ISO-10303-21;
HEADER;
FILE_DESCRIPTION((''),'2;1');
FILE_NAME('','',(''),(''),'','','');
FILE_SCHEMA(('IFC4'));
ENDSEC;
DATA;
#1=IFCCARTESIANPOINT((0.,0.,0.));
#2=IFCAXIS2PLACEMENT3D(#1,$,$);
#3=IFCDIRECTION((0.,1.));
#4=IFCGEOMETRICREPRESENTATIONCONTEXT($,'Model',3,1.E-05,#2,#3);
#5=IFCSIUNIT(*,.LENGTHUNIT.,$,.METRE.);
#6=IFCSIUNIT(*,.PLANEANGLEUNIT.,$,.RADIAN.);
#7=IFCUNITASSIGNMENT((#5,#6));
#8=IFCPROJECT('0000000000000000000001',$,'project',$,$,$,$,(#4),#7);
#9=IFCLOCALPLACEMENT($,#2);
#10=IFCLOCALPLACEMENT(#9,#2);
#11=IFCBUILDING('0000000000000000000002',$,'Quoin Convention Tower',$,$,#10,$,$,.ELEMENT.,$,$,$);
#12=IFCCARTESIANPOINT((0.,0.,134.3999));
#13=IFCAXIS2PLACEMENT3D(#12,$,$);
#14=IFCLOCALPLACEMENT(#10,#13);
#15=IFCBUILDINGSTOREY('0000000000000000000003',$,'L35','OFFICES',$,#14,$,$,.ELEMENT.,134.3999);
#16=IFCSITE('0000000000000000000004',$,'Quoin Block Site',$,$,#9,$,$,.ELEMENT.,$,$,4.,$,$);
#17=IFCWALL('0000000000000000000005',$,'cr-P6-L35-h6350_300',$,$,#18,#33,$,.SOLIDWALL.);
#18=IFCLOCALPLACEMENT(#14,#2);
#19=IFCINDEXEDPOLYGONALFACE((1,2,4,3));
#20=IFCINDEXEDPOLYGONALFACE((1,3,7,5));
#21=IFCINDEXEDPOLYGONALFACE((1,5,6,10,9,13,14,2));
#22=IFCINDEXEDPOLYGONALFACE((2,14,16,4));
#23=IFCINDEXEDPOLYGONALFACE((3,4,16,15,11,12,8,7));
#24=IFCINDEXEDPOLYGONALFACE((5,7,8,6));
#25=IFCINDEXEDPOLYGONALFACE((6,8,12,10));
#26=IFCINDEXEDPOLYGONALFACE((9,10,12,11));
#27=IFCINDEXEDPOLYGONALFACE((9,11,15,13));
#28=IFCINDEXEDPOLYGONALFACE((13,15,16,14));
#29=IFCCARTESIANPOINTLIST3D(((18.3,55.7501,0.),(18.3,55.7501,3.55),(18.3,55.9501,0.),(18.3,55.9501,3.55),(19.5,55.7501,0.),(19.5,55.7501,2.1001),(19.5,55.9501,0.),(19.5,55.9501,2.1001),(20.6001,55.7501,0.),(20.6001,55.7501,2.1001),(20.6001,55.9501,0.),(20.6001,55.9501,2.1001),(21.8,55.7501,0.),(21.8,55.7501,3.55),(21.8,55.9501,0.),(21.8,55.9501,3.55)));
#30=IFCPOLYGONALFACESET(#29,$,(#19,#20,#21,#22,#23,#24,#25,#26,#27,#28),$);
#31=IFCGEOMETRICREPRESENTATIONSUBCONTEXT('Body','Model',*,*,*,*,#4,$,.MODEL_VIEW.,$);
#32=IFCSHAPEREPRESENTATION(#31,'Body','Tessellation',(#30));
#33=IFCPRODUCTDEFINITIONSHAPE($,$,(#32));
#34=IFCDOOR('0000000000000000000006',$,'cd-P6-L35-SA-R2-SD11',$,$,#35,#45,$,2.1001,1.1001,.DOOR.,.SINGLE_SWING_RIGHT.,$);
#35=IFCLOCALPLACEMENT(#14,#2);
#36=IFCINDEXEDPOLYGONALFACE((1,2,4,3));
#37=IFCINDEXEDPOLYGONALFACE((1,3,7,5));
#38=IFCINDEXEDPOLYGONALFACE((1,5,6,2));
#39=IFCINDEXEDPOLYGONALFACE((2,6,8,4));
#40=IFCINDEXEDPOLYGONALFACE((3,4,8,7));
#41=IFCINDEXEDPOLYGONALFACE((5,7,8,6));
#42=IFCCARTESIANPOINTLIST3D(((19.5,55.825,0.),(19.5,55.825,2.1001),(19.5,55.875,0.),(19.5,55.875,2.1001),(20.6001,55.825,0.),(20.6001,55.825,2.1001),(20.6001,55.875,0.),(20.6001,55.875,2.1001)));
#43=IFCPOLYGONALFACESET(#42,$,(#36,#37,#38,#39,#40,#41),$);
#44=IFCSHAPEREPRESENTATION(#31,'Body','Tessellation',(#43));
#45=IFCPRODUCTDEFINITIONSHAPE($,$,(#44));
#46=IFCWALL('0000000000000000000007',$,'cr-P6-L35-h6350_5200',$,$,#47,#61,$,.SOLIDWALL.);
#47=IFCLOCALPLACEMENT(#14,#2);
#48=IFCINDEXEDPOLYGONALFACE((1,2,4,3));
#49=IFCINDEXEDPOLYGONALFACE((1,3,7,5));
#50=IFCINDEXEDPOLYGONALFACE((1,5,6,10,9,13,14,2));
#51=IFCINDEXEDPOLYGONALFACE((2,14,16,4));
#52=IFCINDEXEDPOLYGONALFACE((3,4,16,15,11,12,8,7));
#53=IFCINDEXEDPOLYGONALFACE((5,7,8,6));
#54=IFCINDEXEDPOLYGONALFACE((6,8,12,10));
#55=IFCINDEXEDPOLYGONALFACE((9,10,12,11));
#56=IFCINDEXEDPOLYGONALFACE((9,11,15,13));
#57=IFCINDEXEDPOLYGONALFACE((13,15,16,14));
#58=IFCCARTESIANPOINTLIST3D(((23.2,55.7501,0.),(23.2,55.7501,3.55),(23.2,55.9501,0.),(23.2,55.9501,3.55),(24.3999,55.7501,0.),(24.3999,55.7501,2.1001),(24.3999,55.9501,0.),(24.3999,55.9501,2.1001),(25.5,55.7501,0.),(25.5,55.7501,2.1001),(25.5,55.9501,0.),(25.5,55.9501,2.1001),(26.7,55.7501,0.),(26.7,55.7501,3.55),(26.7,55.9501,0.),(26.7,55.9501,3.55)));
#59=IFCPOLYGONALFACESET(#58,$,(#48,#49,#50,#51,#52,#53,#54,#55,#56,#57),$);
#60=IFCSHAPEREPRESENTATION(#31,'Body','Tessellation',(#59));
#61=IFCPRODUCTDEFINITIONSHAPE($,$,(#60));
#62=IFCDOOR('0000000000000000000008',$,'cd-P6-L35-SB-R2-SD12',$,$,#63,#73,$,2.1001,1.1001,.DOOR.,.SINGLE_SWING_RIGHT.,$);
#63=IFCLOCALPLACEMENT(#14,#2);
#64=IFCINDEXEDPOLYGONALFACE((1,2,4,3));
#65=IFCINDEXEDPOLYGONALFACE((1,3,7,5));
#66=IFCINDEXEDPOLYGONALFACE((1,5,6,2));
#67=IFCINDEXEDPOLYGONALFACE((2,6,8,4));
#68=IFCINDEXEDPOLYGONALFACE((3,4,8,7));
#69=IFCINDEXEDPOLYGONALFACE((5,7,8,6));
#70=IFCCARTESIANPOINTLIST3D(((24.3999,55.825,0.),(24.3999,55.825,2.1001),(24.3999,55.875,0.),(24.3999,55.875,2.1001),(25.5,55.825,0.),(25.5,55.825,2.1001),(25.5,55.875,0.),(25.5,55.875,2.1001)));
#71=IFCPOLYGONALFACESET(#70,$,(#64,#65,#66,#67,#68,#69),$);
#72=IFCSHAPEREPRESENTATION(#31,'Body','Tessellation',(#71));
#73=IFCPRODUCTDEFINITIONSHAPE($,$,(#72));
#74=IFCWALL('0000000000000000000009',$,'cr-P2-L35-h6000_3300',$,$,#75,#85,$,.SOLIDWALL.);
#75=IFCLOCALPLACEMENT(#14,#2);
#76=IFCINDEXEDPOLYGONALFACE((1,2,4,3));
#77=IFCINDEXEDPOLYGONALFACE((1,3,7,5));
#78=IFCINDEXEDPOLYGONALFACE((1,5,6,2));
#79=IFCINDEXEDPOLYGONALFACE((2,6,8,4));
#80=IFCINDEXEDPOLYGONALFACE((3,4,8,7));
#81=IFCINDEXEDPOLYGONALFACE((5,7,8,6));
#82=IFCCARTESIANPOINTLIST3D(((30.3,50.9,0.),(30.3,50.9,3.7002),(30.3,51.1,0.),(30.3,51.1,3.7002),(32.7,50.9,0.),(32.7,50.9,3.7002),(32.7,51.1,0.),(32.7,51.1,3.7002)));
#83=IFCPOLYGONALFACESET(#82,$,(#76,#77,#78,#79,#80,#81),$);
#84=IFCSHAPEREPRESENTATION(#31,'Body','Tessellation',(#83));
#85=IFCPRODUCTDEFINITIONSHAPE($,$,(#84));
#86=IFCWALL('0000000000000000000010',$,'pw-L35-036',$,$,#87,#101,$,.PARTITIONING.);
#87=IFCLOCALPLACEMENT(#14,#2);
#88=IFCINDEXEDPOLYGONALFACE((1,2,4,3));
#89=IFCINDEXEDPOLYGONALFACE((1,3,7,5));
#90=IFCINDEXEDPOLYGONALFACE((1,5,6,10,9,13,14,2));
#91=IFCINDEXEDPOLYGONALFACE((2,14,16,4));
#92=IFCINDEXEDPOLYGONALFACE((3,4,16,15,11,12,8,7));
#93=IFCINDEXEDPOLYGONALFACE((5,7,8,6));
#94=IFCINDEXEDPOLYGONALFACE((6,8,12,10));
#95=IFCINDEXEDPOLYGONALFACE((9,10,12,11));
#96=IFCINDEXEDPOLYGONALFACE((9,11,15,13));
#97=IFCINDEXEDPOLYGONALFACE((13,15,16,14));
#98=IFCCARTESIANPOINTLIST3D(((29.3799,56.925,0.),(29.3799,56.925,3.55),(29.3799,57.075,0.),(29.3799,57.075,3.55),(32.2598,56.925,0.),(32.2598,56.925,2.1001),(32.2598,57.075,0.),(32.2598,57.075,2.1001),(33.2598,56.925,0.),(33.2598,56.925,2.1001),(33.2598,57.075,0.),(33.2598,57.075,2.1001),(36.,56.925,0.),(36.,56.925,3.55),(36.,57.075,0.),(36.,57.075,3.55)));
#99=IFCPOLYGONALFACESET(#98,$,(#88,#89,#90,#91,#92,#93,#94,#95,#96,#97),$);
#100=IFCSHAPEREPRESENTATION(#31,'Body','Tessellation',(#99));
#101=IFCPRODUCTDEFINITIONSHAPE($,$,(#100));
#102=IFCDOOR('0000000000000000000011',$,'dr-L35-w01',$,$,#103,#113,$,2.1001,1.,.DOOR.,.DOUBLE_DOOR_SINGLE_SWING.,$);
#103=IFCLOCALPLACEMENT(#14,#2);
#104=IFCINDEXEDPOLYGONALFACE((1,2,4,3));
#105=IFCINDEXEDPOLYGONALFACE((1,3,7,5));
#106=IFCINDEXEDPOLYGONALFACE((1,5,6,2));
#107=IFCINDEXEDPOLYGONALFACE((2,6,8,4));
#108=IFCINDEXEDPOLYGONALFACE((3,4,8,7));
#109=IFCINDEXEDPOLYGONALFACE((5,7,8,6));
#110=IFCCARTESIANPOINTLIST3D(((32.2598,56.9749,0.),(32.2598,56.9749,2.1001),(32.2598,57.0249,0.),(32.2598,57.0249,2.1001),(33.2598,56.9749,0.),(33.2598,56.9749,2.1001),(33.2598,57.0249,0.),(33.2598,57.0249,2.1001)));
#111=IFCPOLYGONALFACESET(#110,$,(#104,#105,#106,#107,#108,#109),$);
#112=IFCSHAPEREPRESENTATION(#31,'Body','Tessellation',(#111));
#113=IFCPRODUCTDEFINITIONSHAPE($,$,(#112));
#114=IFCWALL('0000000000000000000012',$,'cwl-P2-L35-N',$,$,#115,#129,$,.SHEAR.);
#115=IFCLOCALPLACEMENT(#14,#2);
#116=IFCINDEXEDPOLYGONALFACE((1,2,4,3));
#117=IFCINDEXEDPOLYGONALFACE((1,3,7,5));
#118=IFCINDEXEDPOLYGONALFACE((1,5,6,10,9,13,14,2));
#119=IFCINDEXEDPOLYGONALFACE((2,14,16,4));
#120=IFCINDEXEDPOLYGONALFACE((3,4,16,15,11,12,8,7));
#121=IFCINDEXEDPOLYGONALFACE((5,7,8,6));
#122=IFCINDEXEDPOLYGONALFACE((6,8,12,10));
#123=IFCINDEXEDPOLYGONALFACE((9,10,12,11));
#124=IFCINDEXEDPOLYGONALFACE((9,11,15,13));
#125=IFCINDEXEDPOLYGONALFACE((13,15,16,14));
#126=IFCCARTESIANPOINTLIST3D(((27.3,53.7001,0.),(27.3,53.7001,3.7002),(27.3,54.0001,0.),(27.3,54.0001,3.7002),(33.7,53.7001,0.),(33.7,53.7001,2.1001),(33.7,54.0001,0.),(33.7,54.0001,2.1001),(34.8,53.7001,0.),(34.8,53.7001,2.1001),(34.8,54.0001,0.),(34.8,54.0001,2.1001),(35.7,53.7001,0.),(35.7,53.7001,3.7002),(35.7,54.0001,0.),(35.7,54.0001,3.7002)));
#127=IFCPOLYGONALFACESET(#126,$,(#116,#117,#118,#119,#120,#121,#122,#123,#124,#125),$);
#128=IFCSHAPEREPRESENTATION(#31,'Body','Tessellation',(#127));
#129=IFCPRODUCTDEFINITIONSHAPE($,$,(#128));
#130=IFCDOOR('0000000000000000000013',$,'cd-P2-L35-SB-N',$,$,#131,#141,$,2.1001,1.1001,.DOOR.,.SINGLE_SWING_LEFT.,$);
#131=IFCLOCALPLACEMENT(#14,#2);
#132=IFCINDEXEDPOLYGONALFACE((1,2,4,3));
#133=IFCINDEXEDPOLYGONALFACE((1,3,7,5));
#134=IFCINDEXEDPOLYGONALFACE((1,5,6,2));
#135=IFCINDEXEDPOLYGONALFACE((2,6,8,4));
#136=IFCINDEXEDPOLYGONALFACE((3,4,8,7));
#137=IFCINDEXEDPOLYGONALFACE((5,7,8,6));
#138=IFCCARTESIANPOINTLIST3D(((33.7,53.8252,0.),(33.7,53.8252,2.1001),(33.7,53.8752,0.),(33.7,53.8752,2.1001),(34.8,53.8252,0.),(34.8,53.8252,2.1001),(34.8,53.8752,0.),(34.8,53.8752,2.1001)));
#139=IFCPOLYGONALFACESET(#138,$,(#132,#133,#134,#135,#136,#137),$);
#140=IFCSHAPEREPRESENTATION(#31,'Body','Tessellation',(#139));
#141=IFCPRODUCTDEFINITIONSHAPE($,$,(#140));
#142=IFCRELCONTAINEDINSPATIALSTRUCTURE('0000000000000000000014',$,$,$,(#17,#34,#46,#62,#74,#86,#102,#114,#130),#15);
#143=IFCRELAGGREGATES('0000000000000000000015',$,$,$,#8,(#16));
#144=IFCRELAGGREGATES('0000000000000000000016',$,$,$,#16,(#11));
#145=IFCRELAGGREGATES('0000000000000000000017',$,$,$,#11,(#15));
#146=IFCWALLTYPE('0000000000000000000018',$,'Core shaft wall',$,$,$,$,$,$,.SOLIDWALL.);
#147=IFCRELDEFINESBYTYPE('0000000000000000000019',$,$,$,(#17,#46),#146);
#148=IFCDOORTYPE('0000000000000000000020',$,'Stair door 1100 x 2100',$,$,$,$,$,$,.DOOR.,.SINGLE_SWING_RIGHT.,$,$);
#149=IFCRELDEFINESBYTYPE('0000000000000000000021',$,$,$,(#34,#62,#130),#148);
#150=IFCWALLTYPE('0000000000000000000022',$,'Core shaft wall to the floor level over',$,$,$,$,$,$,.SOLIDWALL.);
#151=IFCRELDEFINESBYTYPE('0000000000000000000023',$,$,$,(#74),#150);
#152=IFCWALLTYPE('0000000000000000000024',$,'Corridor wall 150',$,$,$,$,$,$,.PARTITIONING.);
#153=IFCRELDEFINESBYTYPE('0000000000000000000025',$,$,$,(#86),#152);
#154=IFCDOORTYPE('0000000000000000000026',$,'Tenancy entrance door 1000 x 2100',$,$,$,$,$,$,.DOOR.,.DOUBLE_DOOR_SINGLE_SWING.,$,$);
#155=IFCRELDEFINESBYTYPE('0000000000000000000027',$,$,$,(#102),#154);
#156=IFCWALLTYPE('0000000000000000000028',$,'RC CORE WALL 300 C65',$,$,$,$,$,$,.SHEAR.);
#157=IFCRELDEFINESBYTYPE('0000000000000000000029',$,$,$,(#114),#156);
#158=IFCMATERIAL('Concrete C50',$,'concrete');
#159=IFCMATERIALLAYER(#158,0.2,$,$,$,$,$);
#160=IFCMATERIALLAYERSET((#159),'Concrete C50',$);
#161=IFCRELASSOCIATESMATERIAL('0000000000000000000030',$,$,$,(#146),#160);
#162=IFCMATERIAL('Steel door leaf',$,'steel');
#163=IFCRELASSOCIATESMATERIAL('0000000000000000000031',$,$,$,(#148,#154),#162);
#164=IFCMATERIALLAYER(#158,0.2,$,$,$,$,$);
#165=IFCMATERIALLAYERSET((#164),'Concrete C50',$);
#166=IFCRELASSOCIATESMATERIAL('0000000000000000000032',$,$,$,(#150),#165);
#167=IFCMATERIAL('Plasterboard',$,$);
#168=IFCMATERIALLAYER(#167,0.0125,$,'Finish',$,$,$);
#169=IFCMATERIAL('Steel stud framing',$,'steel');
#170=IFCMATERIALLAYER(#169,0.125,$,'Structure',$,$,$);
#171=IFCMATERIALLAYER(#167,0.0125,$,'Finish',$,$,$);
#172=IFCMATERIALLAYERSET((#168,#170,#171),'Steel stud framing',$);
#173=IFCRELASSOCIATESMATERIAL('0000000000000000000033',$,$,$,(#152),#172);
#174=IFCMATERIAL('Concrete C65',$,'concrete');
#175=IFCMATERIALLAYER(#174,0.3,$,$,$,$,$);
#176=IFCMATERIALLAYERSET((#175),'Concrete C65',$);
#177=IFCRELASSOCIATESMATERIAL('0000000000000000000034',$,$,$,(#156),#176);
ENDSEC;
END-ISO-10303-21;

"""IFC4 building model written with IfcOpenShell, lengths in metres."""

from ifc_helpers import new_model, si_unit, direction, frame, frame_2d, origin, place, context, subcontext, project, spatial, rectangle, extrude, material, layer, layer_set, type_object, element, fill, save


model = new_model("IFC4")

# Units and contexts
model_context = context("Model", 3, precision=1e-05, world=origin(), true_north=direction((0.0, 1.0)))
body_context = subcontext(model_context, "Body", "Model", "MODEL_VIEW")
ifc_project = project(units=[si_unit("LENGTHUNIT", "METRE"), si_unit("PLANEANGLEUNIT", "RADIAN")], contexts=[model_context])

# Site, building, storey
site_placement = place(None, origin())
site = spatial("IfcSite", under=ifc_project, at=site_placement, Name="Quoin Block Site", CompositionType="ELEMENT", RefElevation=4.0)
building_placement = place(site_placement, origin())
building = spatial("IfcBuilding", under=site, at=building_placement, Name="Quoin Convention Tower", CompositionType="ELEMENT")
storey_placement = place(building_placement, frame((0.0, 0.0, 134.3999)))
storey = spatial("IfcBuildingStorey", under=building, at=storey_placement, Name="L35", Description="OFFICES", CompositionType="ELEMENT", Elevation=134.3999)

# Shared definitions
ifc_material_1 = material(Name="Concrete C65", Category="concrete")

# Shared definitions
ifc_material_2 = material(Name="Concrete C50", Category="concrete")
ifc_layer_1 = layer(ifc_material_2, 0.2)
ifc_layer_set_1 = layer_set([ifc_layer_1], Name="Concrete C50")
wall_type_1 = type_object("IfcWallType", Name="Core shaft wall", PredefinedType="SOLIDWALL", material=ifc_layer_set_1)

# Walls, openings, doors
wall_1_placement = place(storey_placement, frame((18.3, 55.8501, 0.0), z_axis=(0.0, 0.0, 1.0), x_axis=(1.0, 0.0, 0.0)))
wall_1 = element("IfcWall", 1, at=wall_1_placement, inside=storey, type_object=wall_type_1, Name="cr-P6-L35-h6350_300", PredefinedType="SOLIDWALL", context=body_context, shape_type="SweptSolid", body=[
    extrude(rectangle(XDim=3.5, YDim=0.2, at=frame_2d((1.75, 0.0))), origin(), (0.0, 0.0, 1.0), 3.55),
])
opening_1_placement = place(wall_1_placement, frame((1.2, 0.0, 0.0)))
opening_1 = element("IfcOpeningElement", 2, at=opening_1_placement, cuts=wall_1, PredefinedType="OPENING", context=body_context, shape_type="SweptSolid", body=[
    extrude(rectangle(XDim=1.1001, YDim=2.1001, at=frame_2d((0.55, 1.05))), frame((0.0, 0.1099, 0.0), z_axis=(0.0, -1.0, 0.0), x_axis=(1.0, 0.0, 0.0)), (0.0, 0.0, 1.0), 0.22),
])
ifc_material_3 = material(Name="Steel door leaf", Category="steel")
door_type_1 = type_object("IfcDoorType", Name="Stair door 1100 x 2100", OperationType="SINGLE_SWING_RIGHT", PredefinedType="DOOR", material=ifc_material_3)
door_1_placement = place(opening_1_placement, origin())
door_1 = element("IfcDoor", 3, at=door_1_placement, inside=storey, type_object=door_type_1, Name="cd-P6-L35-SA-R2-SD11", OperationType="SINGLE_SWING_RIGHT", OverallHeight=2.1001, OverallWidth=1.1001, PredefinedType="DOOR", context=body_context, shape_type="SweptSolid", body=[
    extrude(rectangle(XDim=1.1001, YDim=2.1001, at=frame_2d((0.55, 1.05))), frame((0.0, 0.0249, 0.0), z_axis=(0.0, -1.0, 0.0), x_axis=(1.0, 0.0, 0.0)), (0.0, 0.0, 1.0), 0.05),
])
fill(opening_1, door_1)
wall_2_placement = place(storey_placement, frame((23.2, 55.8501, 0.0), z_axis=(0.0, 0.0, 1.0), x_axis=(1.0, 0.0, 0.0)))
wall_2 = element("IfcWall", 4, at=wall_2_placement, inside=storey, type_object=wall_type_1, Name="cr-P6-L35-h6350_5200", PredefinedType="SOLIDWALL", context=body_context, shape_type="SweptSolid", body=[
    extrude(rectangle(XDim=3.5, YDim=0.2, at=frame_2d((1.75, 0.0))), origin(), (0.0, 0.0, 1.0), 3.55),
])
opening_2_placement = place(wall_2_placement, frame((1.2, 0.0, 0.0)))
opening_2 = element("IfcOpeningElement", 5, at=opening_2_placement, cuts=wall_2, PredefinedType="OPENING", context=body_context, shape_type="SweptSolid", body=[
    extrude(rectangle(XDim=1.1001, YDim=2.1001, at=frame_2d((0.55, 1.05))), frame((0.0, 0.1099, 0.0), z_axis=(0.0, -1.0, 0.0), x_axis=(1.0, 0.0, 0.0)), (0.0, 0.0, 1.0), 0.22),
])
door_2_placement = place(opening_2_placement, origin())
door_2 = element("IfcDoor", 6, at=door_2_placement, inside=storey, type_object=door_type_1, Name="cd-P6-L35-SB-R2-SD12", OperationType="SINGLE_SWING_RIGHT", OverallHeight=2.1001, OverallWidth=1.1001, PredefinedType="DOOR", context=body_context, shape_type="SweptSolid", body=[
    extrude(rectangle(XDim=1.1001, YDim=2.1001, at=frame_2d((0.55, 1.05))), frame((0.0, 0.0249, 0.0), z_axis=(0.0, -1.0, 0.0), x_axis=(1.0, 0.0, 0.0)), (0.0, 0.0, 1.0), 0.05),
])
fill(opening_2, door_2)

# Wall
ifc_layer_2 = layer(ifc_material_2, 0.2)
ifc_layer_set_2 = layer_set([ifc_layer_2], Name="Concrete C50")
wall_type_2 = type_object("IfcWallType", Name="Core shaft wall to the floor level over", PredefinedType="SOLIDWALL", material=ifc_layer_set_2)
wall_3_placement = place(storey_placement, frame((30.3, 51.0, 0.0), z_axis=(0.0, 0.0, 1.0), x_axis=(1.0, 0.0, 0.0)))
element("IfcWall", 7, at=wall_3_placement, inside=storey, type_object=wall_type_2, Name="cr-P2-L35-h6000_3300", PredefinedType="SOLIDWALL", context=body_context, shape_type="SweptSolid", body=[
    extrude(rectangle(XDim=2.3999, YDim=0.2, at=frame_2d((1.2, 0.0))), origin(), (0.0, 0.0, 1.0), 3.7002),
])

# Walls, openings, doors
ifc_material_4 = material(Name="Plasterboard")
ifc_layer_3 = layer(ifc_material_4, 0.0125, Name="Finish")
ifc_material_5 = material(Name="Steel stud framing", Category="steel")
ifc_layer_4 = layer(ifc_material_5, 0.125, Name="Structure")
ifc_layer_5 = layer(ifc_material_4, 0.0125, Name="Finish")
ifc_layer_set_3 = layer_set([ifc_layer_3, ifc_layer_4, ifc_layer_5], Name="Steel stud framing")
wall_type_3 = type_object("IfcWallType", Name="Corridor wall 150", PredefinedType="PARTITIONING", material=ifc_layer_set_3)
wall_4_placement = place(storey_placement, frame((29.3799, 57.0, 0.0), z_axis=(0.0, 0.0, 1.0), x_axis=(1.0, 0.0, 0.0)))
wall_4 = element("IfcWall", 8, at=wall_4_placement, inside=storey, type_object=wall_type_3, Name="pw-L35-036", PredefinedType="PARTITIONING", context=body_context, shape_type="SweptSolid", body=[
    extrude(rectangle(XDim=6.6201, YDim=0.1499, at=frame_2d((3.3101, 0.0))), origin(), (0.0, 0.0, 1.0), 3.55),
])
opening_3_placement = place(wall_4_placement, frame((2.8799, 0.0, 0.0)))
opening_3 = element("IfcOpeningElement", 9, at=opening_3_placement, cuts=wall_4, PredefinedType="OPENING", context=body_context, shape_type="SweptSolid", body=[
    extrude(rectangle(XDim=1.0, YDim=2.1001, at=frame_2d((0.5, 1.05))), frame((0.0, 0.085, 0.0), z_axis=(0.0, -1.0, 0.0), x_axis=(1.0, 0.0, 0.0)), (0.0, 0.0, 1.0), 0.1699),
])
door_type_2 = type_object("IfcDoorType", Name="Tenancy entrance door 1000 x 2100", OperationType="DOUBLE_DOOR_SINGLE_SWING", PredefinedType="DOOR", material=ifc_material_3)
door_3_placement = place(opening_3_placement, origin())
door_3 = element("IfcDoor", 10, at=door_3_placement, inside=storey, type_object=door_type_2, Name="dr-L35-w01", OperationType="DOUBLE_DOOR_SINGLE_SWING", OverallHeight=2.1001, OverallWidth=1.0, PredefinedType="DOOR", context=body_context, shape_type="SweptSolid", body=[
    extrude(rectangle(XDim=1.0, YDim=2.1001, at=frame_2d((0.5, 1.05))), frame((0.0, 0.0249, 0.0), z_axis=(0.0, -1.0, 0.0), x_axis=(1.0, 0.0, 0.0)), (0.0, 0.0, 1.0), 0.05),
])
fill(opening_3, door_3)
ifc_layer_6 = layer(ifc_material_1, 0.3)
ifc_layer_set_4 = layer_set([ifc_layer_6], Name="Concrete C65")
wall_type_4 = type_object("IfcWallType", Name="RC CORE WALL 300 C65", PredefinedType="SHEAR", material=ifc_layer_set_4)
wall_5_placement = place(storey_placement, frame((27.3, 53.8501, 0.0), z_axis=(0.0, 0.0, 1.0), x_axis=(1.0, 0.0, 0.0)))
wall_5 = element("IfcWall", 11, at=wall_5_placement, inside=storey, type_object=wall_type_4, Name="cwl-P2-L35-N", PredefinedType="SHEAR", context=body_context, shape_type="SweptSolid", body=[
    extrude(rectangle(XDim=8.3999, YDim=0.3, at=frame_2d((4.2, 0.0))), origin(), (0.0, 0.0, 1.0), 3.7002),
])
opening_4_placement = place(wall_5_placement, frame((6.3999, 0.0, 0.0)))
opening_4 = element("IfcOpeningElement", 12, at=opening_4_placement, cuts=wall_5, PredefinedType="OPENING", context=body_context, shape_type="SweptSolid", body=[
    extrude(rectangle(XDim=1.1001, YDim=2.1001, at=frame_2d((0.55, 1.05))), frame((0.0, 0.1599, 0.0), z_axis=(0.0, -1.0, 0.0), x_axis=(1.0, 0.0, 0.0)), (0.0, 0.0, 1.0), 0.3201),
])
door_4_placement = place(opening_4_placement, frame((1.1001, 0.0, 0.0), z_axis=(0.0, 0.0, 1.0), x_axis=(-1.0, 0.0, 0.0)))
door_4 = element("IfcDoor", 13, at=door_4_placement, inside=storey, type_object=door_type_1, Name="cd-P2-L35-SB-N", OperationType="SINGLE_SWING_LEFT", OverallHeight=2.1001, OverallWidth=1.1001, PredefinedType="DOOR", context=body_context, shape_type="SweptSolid", body=[
    extrude(rectangle(XDim=1.1001, YDim=2.1001, at=frame_2d((0.55, 1.05))), frame((0.0, 0.0249, 0.0), z_axis=(0.0, -1.0, 0.0), x_axis=(1.0, 0.0, 0.0)), (0.0, 0.0, 1.0), 0.05),
])
fill(opening_4, door_4)

save(model, "model.ifc")
